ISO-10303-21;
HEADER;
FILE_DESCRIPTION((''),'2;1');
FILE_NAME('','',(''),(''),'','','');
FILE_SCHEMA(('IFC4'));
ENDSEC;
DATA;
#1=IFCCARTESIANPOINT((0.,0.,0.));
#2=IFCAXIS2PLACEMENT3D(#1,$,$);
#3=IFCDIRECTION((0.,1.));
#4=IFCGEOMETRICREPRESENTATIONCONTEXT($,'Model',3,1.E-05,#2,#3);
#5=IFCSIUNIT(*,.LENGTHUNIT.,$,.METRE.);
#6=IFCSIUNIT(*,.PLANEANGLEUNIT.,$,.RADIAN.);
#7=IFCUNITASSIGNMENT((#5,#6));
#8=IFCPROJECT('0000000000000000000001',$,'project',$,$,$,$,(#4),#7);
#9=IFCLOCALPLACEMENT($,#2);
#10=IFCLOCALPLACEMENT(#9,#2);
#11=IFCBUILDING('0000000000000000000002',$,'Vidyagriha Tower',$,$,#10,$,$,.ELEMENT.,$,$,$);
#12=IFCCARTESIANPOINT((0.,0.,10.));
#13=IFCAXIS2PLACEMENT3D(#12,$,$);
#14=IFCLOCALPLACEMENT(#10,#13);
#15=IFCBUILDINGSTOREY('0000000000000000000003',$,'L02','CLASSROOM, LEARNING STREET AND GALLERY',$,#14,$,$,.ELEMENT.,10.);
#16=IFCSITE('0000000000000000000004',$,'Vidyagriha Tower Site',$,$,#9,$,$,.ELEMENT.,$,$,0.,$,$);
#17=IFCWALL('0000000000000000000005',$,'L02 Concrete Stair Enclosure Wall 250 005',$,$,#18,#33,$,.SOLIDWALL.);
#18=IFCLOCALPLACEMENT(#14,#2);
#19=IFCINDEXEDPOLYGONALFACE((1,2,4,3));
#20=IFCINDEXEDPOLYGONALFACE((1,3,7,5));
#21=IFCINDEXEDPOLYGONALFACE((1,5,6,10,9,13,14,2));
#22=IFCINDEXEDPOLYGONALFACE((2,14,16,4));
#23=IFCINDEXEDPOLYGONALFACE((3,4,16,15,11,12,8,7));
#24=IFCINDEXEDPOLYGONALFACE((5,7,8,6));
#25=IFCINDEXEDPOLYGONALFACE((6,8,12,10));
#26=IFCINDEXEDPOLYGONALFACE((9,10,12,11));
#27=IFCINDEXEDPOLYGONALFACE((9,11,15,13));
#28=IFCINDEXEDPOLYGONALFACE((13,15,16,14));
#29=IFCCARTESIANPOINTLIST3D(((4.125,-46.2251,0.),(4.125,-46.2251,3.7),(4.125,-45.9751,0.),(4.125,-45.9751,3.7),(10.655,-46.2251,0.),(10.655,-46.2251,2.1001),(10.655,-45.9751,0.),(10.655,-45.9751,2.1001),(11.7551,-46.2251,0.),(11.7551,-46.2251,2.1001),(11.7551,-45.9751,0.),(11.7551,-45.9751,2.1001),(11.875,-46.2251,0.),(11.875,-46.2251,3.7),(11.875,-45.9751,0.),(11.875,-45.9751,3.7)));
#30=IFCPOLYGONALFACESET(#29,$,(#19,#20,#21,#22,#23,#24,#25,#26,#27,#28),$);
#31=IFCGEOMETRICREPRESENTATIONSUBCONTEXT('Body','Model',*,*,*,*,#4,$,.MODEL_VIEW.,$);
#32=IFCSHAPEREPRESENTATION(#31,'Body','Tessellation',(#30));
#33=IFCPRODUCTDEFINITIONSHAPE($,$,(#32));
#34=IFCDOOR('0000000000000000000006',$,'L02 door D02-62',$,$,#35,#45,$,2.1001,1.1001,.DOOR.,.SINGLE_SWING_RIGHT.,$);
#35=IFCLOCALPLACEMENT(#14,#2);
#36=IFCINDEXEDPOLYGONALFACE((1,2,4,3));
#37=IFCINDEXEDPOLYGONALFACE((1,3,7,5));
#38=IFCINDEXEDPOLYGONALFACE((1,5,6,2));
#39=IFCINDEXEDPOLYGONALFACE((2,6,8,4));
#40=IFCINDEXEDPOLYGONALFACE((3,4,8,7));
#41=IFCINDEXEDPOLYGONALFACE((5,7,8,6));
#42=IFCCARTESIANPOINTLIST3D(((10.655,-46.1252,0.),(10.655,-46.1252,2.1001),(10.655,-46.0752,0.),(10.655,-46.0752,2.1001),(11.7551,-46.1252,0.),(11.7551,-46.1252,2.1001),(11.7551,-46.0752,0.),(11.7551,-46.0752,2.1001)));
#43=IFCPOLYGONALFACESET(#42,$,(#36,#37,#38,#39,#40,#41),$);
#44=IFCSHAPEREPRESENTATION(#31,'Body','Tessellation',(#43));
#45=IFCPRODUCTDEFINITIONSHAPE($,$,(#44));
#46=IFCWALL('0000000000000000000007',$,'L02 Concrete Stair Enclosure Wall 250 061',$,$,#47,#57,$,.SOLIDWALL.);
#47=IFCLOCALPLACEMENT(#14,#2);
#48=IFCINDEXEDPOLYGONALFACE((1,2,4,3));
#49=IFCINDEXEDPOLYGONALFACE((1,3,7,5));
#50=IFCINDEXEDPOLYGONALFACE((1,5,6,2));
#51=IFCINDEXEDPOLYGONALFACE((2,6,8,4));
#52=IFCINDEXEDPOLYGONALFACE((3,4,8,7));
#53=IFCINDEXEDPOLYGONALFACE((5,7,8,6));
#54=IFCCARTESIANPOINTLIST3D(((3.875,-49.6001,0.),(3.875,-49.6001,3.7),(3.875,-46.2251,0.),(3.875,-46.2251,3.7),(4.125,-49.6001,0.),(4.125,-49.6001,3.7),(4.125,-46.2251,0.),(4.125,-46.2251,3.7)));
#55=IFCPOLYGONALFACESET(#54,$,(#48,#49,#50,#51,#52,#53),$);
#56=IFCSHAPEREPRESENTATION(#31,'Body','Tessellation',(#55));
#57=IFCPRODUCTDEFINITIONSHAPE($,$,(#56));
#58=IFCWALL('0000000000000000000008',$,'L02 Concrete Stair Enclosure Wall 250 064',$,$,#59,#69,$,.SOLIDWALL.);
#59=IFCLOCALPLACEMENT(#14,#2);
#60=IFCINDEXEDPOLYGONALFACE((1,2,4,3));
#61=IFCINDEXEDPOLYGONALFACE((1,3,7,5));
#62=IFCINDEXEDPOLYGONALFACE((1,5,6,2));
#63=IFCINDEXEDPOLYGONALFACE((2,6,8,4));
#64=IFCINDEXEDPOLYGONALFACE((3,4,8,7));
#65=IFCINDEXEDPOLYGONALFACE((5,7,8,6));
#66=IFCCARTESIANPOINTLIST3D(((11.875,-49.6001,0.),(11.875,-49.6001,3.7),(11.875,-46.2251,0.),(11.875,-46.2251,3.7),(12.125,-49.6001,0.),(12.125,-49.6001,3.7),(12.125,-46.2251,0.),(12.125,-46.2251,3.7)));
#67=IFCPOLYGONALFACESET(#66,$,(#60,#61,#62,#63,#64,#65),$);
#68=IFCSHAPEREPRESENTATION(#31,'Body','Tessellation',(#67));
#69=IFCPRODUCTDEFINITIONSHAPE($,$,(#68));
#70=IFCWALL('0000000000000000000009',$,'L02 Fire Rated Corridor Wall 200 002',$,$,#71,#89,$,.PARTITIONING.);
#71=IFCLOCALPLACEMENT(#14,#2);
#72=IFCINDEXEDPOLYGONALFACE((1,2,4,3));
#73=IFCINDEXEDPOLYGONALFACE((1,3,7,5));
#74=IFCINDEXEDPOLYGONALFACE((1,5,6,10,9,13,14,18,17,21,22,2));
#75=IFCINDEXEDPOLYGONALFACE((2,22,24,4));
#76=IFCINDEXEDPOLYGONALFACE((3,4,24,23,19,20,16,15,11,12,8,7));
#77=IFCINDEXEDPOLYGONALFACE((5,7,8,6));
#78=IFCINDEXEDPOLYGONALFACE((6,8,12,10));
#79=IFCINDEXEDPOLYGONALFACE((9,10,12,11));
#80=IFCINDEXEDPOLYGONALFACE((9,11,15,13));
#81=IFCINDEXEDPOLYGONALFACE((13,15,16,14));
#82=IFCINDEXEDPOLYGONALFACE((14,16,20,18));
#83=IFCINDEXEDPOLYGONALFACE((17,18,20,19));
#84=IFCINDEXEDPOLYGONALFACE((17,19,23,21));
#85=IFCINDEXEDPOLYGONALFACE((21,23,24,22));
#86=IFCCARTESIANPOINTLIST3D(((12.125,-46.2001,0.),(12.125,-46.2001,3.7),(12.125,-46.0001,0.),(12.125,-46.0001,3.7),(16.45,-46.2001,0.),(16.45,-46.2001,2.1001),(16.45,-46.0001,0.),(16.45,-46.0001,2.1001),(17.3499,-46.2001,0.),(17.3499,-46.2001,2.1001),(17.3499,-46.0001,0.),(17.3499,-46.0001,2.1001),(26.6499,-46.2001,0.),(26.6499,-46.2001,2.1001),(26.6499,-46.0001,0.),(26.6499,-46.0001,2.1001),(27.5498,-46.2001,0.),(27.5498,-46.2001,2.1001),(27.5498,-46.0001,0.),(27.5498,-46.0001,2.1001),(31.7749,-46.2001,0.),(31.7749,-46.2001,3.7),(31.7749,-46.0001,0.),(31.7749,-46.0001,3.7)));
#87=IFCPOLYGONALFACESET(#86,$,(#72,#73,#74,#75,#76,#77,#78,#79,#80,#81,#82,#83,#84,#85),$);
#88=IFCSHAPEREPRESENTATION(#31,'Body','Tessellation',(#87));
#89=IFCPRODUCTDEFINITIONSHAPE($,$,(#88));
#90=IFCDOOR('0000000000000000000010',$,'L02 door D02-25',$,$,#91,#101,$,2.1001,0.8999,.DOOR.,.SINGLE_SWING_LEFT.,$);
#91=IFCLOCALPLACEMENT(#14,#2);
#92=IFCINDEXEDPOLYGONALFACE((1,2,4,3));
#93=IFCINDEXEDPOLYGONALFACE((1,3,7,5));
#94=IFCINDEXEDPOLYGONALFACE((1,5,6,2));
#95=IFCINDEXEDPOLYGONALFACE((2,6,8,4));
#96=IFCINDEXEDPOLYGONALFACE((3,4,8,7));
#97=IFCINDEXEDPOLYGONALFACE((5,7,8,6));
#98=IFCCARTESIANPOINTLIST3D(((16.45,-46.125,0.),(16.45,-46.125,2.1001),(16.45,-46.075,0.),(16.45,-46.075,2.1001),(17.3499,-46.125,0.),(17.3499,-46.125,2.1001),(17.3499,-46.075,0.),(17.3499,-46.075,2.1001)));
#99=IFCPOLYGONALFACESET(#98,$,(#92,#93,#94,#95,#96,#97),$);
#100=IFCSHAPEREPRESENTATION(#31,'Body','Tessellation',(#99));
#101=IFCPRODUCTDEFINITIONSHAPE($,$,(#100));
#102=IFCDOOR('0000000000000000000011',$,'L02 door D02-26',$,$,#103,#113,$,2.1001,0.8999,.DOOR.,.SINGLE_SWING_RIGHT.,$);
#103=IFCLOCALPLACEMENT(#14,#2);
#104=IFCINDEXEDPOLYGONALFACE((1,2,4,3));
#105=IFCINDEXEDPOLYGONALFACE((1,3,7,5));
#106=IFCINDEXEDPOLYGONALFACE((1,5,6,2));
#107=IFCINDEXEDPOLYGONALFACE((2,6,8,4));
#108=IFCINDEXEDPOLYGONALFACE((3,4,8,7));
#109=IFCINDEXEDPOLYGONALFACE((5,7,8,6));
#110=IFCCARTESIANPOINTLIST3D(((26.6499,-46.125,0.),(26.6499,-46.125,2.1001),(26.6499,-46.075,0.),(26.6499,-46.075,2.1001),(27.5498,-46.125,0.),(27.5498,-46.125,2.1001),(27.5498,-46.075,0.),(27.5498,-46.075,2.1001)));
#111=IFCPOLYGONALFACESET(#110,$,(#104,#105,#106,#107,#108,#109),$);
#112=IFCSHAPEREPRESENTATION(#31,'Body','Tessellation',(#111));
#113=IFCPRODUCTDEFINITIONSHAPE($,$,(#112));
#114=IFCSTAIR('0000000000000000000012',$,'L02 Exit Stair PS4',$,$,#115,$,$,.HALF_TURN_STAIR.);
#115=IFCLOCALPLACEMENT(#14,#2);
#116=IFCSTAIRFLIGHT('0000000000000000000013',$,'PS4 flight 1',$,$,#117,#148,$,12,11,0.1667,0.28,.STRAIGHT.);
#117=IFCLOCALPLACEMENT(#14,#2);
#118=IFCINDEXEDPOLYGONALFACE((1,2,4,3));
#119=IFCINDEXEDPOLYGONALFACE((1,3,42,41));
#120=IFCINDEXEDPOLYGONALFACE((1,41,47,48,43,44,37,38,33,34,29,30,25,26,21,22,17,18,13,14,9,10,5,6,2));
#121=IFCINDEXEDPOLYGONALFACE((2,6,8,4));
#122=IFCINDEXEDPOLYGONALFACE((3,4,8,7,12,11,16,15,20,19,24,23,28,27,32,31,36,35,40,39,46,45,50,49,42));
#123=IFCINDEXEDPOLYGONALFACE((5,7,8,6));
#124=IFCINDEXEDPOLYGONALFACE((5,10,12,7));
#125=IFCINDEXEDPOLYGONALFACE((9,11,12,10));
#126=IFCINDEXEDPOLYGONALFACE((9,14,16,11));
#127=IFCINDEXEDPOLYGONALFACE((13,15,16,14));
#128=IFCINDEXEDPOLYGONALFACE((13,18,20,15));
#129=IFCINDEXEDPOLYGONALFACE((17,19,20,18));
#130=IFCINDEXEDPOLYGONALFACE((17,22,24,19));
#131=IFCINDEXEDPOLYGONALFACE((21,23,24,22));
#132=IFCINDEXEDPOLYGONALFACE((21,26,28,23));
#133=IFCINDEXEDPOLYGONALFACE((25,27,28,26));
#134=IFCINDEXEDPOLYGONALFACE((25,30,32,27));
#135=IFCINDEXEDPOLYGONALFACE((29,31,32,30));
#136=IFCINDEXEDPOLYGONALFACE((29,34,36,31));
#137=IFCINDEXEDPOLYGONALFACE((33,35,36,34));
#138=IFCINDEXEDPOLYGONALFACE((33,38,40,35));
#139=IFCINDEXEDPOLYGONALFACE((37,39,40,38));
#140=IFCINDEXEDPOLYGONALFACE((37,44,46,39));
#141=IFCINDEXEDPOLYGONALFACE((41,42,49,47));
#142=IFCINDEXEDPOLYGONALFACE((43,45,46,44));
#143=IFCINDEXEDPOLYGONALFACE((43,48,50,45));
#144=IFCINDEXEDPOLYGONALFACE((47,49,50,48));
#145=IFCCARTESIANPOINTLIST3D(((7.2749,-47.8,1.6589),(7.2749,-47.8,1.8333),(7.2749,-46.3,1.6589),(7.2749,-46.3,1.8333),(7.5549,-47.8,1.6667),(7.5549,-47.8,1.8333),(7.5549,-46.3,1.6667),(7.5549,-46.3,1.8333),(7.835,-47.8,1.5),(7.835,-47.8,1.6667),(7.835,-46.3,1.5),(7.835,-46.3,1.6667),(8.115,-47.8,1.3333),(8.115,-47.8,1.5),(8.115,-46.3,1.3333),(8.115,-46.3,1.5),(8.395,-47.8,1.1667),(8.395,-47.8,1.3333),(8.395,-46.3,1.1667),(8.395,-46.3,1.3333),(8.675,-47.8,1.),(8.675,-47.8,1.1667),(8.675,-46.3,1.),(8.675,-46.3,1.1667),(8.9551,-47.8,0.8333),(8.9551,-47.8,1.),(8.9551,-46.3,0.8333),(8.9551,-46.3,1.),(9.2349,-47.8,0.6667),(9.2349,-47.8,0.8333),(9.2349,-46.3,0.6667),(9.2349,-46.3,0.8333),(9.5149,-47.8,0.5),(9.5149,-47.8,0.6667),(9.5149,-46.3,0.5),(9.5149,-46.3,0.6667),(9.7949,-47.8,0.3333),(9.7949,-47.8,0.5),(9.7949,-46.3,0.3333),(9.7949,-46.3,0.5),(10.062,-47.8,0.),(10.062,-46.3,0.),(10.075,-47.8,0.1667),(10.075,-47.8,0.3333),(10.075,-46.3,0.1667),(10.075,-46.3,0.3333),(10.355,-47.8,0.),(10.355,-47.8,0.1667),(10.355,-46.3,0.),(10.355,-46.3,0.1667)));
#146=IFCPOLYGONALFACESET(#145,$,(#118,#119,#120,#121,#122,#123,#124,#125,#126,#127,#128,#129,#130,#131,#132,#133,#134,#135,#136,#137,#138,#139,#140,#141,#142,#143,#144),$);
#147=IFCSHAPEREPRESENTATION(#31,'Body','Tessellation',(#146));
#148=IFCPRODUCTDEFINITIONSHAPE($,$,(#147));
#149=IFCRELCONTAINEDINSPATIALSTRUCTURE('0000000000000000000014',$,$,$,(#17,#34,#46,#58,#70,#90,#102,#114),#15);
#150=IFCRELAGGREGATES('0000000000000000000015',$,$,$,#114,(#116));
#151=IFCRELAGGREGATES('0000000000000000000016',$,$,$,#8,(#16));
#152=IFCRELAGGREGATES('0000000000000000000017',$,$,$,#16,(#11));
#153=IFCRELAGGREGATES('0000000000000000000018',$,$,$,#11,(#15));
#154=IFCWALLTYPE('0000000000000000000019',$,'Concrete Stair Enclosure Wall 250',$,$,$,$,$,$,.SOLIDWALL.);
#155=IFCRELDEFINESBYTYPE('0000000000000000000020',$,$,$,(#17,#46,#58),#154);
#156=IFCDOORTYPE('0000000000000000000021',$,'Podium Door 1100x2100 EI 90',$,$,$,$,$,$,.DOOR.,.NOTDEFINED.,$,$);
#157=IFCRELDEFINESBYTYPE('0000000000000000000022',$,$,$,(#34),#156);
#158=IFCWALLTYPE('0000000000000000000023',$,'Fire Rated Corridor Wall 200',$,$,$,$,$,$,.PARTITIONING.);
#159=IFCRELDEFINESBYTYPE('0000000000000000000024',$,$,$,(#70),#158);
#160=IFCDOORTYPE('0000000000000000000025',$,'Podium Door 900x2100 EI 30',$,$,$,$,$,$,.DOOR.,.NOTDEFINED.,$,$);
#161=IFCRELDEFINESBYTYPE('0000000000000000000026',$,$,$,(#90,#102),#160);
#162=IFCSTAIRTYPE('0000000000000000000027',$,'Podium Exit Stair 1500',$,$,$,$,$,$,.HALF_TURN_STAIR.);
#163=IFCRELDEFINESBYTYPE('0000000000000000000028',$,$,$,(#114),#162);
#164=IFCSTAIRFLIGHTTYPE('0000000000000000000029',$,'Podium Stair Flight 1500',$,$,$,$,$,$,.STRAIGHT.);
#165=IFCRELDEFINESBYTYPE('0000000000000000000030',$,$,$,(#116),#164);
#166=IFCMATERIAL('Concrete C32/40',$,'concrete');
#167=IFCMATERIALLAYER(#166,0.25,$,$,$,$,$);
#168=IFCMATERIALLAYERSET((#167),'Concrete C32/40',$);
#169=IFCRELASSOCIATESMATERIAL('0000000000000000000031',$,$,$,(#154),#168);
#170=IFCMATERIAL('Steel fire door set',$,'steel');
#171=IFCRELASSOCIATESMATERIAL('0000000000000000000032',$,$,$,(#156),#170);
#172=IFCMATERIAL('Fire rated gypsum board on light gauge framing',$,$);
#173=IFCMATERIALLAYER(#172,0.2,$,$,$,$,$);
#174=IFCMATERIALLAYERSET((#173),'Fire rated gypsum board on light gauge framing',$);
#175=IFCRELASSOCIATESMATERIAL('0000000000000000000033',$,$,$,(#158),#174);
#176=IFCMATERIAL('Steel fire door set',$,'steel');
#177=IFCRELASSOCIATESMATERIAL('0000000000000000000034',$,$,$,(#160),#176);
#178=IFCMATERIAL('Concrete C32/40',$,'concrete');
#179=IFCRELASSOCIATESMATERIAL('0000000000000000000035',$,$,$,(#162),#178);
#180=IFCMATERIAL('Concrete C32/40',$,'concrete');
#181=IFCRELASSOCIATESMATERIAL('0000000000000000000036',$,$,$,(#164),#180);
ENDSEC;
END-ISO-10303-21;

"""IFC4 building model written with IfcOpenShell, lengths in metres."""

from ifc_helpers import new_model, si_unit, direction, frame, frame_2d, origin, place, context, subcontext, project, spatial, polyline, rectangle, outline, extrude, material, layer, layer_set, type_object, element, fill, aggregate, save


model = new_model("IFC4")

# Units and contexts
model_context = context("Model", 3, precision=1e-05, world=origin(), true_north=direction((0.0, 1.0)))
body_context = subcontext(model_context, "Body", "Model", "MODEL_VIEW")
ifc_project = project(units=[si_unit("LENGTHUNIT", "METRE"), si_unit("PLANEANGLEUNIT", "RADIAN")], contexts=[model_context])

# Site, building, storey
site_placement = place(None, origin())
site = spatial("IfcSite", under=ifc_project, at=site_placement, Name="Vidyagriha Tower Site", CompositionType="ELEMENT", RefElevation=0.0)
building_placement = place(site_placement, origin())
building = spatial("IfcBuilding", under=site, at=building_placement, Name="Vidyagriha Tower", CompositionType="ELEMENT")
storey_placement = place(building_placement, frame((0.0, 0.0, 10.0)))
storey = spatial("IfcBuildingStorey", under=building, at=storey_placement, Name="L02", Description="CLASSROOM, LEARNING STREET AND GALLERY", CompositionType="ELEMENT", Elevation=10.0)

# Wall, opening, door
ifc_material_1 = material(Name="Concrete C32/40", Category="concrete")
ifc_layer_1 = layer(ifc_material_1, 0.25)
ifc_layer_set_1 = layer_set([ifc_layer_1], Name="Concrete C32/40")
wall_type_1 = type_object("IfcWallType", Name="Concrete Stair Enclosure Wall 250", PredefinedType="SOLIDWALL", material=ifc_layer_set_1)
wall_1_placement = place(storey_placement, frame((4.125, -46.1001, 0.0)))
wall_1 = element("IfcWall", 1, at=wall_1_placement, inside=storey, type_object=wall_type_1, Name="L02 Concrete Stair Enclosure Wall 250 005", PredefinedType="SOLIDWALL", context=body_context, shape_type="SweptSolid", body=[
    extrude(rectangle(XDim=7.75, YDim=0.25, at=frame_2d((3.875, 0.0))), origin(), (0.0, 0.0, 1.0), 3.7),
])
opening_1_placement = place(wall_1_placement, frame((6.53, 0.0, 0.0)))
opening_1 = element("IfcOpeningElement", 2, at=opening_1_placement, cuts=wall_1, PredefinedType="OPENING", context=body_context, shape_type="SweptSolid", body=[
    extrude(rectangle(XDim=1.1001, YDim=2.1001, at=frame_2d((0.55, 1.05))), frame((0.0, 0.135, 0.0), z_axis=(0.0, -1.0, 0.0), x_axis=(1.0, 0.0, 0.0)), (0.0, 0.0, 1.0), 0.27),
])
ifc_material_2 = material(Name="Steel fire door set", Category="steel")
door_type_1 = type_object("IfcDoorType", Name="Podium Door 1100x2100 EI 90", OperationType="NOTDEFINED", PredefinedType="DOOR", material=ifc_material_2)
door_1_placement = place(opening_1_placement, origin())
door_1 = element("IfcDoor", 3, at=door_1_placement, inside=storey, type_object=door_type_1, Name="L02 door D02-62", OperationType="SINGLE_SWING_RIGHT", OverallHeight=2.1001, OverallWidth=1.1001, PredefinedType="DOOR", context=body_context, shape_type="SweptSolid", body=[
    extrude(rectangle(XDim=1.1001, YDim=2.1001, at=frame_2d((0.55, 1.05))), frame((0.0, 0.0249, 0.0), z_axis=(0.0, -1.0, 0.0), x_axis=(1.0, 0.0, 0.0)), (0.0, 0.0, 1.0), 0.05),
])
fill(opening_1, door_1)

# Walls
for number, where, z_axis, x_axis, name in (
    (4, (4.0, -49.6001, 0.0), (0.0, 0.0, 1.0), (0.0, 1.0, 0.0), "L02 Concrete Stair Enclosure Wall 250 061"),
    (5, (12.0, -49.6001, 0.0), (0.0, 0.0, 1.0), (0.0, 1.0, 0.0), "L02 Concrete Stair Enclosure Wall 250 064"),
):
    element("IfcWall", number, at=place(storey_placement, frame(where, z_axis=z_axis, x_axis=x_axis)), inside=storey, type_object=wall_type_1, Name=name, PredefinedType="SOLIDWALL", context=body_context, shape_type="SweptSolid", body=[
        extrude(rectangle(XDim=3.375, YDim=0.25, at=frame_2d((1.6875, 0.0))), origin(), (0.0, 0.0, 1.0), 3.7),
    ])

# Wall, openings, doors
ifc_material_3 = material(Name="Fire rated gypsum board on light gauge framing")
ifc_layer_2 = layer(ifc_material_3, 0.2)
ifc_layer_set_2 = layer_set([ifc_layer_2], Name="Fire rated gypsum board on light gauge framing")
wall_type_2 = type_object("IfcWallType", Name="Fire Rated Corridor Wall 200", PredefinedType="PARTITIONING", material=ifc_layer_set_2)
wall_2_placement = place(storey_placement, frame((12.125, -46.1001, 0.0)))
wall_2 = element("IfcWall", 6, at=wall_2_placement, inside=storey, type_object=wall_type_2, Name="L02 Fire Rated Corridor Wall 200 002", PredefinedType="PARTITIONING", context=body_context, shape_type="SweptSolid", body=[
    extrude(rectangle(XDim=19.6499, YDim=0.2, at=frame_2d((9.825, 0.0))), origin(), (0.0, 0.0, 1.0), 3.7),
])
opening_2_placement = place(wall_2_placement, frame((4.325, 0.0, 0.0)))
opening_2 = element("IfcOpeningElement", 7, at=opening_2_placement, cuts=wall_2, PredefinedType="OPENING", context=body_context, shape_type="SweptSolid", body=[
    extrude(rectangle(XDim=0.8999, YDim=2.1001, at=frame_2d((0.45, 1.05))), frame((0.0, 0.1099, 0.0), z_axis=(0.0, -1.0, 0.0), x_axis=(1.0, 0.0, 0.0)), (0.0, 0.0, 1.0), 0.22),
])
opening_3_placement = place(wall_2_placement, frame((14.5249, 0.0, 0.0)))
opening_3 = element("IfcOpeningElement", 8, at=opening_3_placement, cuts=wall_2, PredefinedType="OPENING", context=body_context, shape_type="SweptSolid", body=[
    extrude(rectangle(XDim=0.8999, YDim=2.1001, at=frame_2d((0.45, 1.05))), frame((0.0, 0.1099, 0.0), z_axis=(0.0, -1.0, 0.0), x_axis=(1.0, 0.0, 0.0)), (0.0, 0.0, 1.0), 0.22),
])
ifc_material_4 = material(Name="Steel fire door set", Category="steel")
door_type_2 = type_object("IfcDoorType", Name="Podium Door 900x2100 EI 30", OperationType="NOTDEFINED", PredefinedType="DOOR", material=ifc_material_4)
door_2_placement = place(opening_2_placement, frame((0.8999, 0.0, 0.0), z_axis=(0.0, 0.0, 1.0), x_axis=(-1.0, 0.0, 0.0)))
door_2 = element("IfcDoor", 9, at=door_2_placement, inside=storey, type_object=door_type_2, Name="L02 door D02-25", OperationType="SINGLE_SWING_LEFT", OverallHeight=2.1001, OverallWidth=0.8999, PredefinedType="DOOR", context=body_context, shape_type="SweptSolid", body=[
    extrude(rectangle(XDim=0.8999, YDim=2.1001, at=frame_2d((0.45, 1.05))), frame((0.0, 0.0249, 0.0), z_axis=(0.0, -1.0, 0.0), x_axis=(1.0, 0.0, 0.0)), (0.0, 0.0, 1.0), 0.05),
])
fill(opening_2, door_2)
door_3_placement = place(opening_3_placement, frame((0.8999, 0.0, 0.0), z_axis=(0.0, 0.0, 1.0), x_axis=(-1.0, 0.0, 0.0)))
door_3 = element("IfcDoor", 10, at=door_3_placement, inside=storey, type_object=door_type_2, Name="L02 door D02-26", OperationType="SINGLE_SWING_RIGHT", OverallHeight=2.1001, OverallWidth=0.8999, PredefinedType="DOOR", context=body_context, shape_type="SweptSolid", body=[
    extrude(rectangle(XDim=0.8999, YDim=2.1001, at=frame_2d((0.45, 1.05))), frame((0.0, 0.0249, 0.0), z_axis=(0.0, -1.0, 0.0), x_axis=(1.0, 0.0, 0.0)), (0.0, 0.0, 1.0), 0.05),
])
fill(opening_3, door_3)

# Stair, stair flight
ifc_material_5 = material(Name="Concrete C32/40", Category="concrete")
stair_type = type_object("IfcStairType", Name="Podium Exit Stair 1500", PredefinedType="HALF_TURN_STAIR", material=ifc_material_5)
stair_placement = place(storey_placement, origin())
stair = element("IfcStair", 11, at=stair_placement, inside=storey, type_object=stair_type, Name="L02 Exit Stair PS4", PredefinedType="HALF_TURN_STAIR")
ifc_material_6 = material(Name="Concrete C32/40", Category="concrete")
stair_flight_type = type_object("IfcStairFlightType", Name="Podium Stair Flight 1500", PredefinedType="STRAIGHT", material=ifc_material_6)
stair_flight_1_placement = place(storey_placement, frame((10.355, -47.05, 0.0), z_axis=(0.0, 0.0, 1.0), x_axis=(-1.0, 0.0, 0.0)))
stair_flight_1 = element("IfcStairFlight", 12, at=stair_flight_1_placement, type_object=stair_flight_type, Name="PS4 flight 1", NumberOfRisers=12, NumberOfTreads=11, PredefinedType="STRAIGHT", RiserHeight=0.1667, TreadLength=0.28, context=body_context, shape_type="SweptSolid", body=[
    extrude(outline(polyline([(0.0, 0.0), (0.0, 0.1667), (0.28, 0.1667), (0.28, 0.3333), (0.5601, 0.3333), (0.5601, 0.5), (0.8401, 0.5), (0.8401, 0.6667), (1.1201, 0.6667), (1.1201, 0.8333), (1.3999, 0.8333), (1.3999, 1.0), (1.6799, 1.0), (1.6799, 1.1667), (1.96, 1.1667), (1.96, 1.3333), (2.24, 1.3333), (2.24, 1.5), (2.52, 1.5), (2.52, 1.6667), (2.8, 1.6667), (2.8, 1.8333), (3.0801, 1.8333), (3.0801, 2.0), (3.0801, 1.6589), (0.293, 0.0), (0.0, 0.0)])), frame((0.0, 0.75, 0.0), z_axis=(0.0, -1.0, 0.0), x_axis=(1.0, 0.0, 0.0)), (0.0, 0.0, 1.0), 1.5),
])
aggregate(stair, [stair_flight_1])

save(model, "model.ifc")
